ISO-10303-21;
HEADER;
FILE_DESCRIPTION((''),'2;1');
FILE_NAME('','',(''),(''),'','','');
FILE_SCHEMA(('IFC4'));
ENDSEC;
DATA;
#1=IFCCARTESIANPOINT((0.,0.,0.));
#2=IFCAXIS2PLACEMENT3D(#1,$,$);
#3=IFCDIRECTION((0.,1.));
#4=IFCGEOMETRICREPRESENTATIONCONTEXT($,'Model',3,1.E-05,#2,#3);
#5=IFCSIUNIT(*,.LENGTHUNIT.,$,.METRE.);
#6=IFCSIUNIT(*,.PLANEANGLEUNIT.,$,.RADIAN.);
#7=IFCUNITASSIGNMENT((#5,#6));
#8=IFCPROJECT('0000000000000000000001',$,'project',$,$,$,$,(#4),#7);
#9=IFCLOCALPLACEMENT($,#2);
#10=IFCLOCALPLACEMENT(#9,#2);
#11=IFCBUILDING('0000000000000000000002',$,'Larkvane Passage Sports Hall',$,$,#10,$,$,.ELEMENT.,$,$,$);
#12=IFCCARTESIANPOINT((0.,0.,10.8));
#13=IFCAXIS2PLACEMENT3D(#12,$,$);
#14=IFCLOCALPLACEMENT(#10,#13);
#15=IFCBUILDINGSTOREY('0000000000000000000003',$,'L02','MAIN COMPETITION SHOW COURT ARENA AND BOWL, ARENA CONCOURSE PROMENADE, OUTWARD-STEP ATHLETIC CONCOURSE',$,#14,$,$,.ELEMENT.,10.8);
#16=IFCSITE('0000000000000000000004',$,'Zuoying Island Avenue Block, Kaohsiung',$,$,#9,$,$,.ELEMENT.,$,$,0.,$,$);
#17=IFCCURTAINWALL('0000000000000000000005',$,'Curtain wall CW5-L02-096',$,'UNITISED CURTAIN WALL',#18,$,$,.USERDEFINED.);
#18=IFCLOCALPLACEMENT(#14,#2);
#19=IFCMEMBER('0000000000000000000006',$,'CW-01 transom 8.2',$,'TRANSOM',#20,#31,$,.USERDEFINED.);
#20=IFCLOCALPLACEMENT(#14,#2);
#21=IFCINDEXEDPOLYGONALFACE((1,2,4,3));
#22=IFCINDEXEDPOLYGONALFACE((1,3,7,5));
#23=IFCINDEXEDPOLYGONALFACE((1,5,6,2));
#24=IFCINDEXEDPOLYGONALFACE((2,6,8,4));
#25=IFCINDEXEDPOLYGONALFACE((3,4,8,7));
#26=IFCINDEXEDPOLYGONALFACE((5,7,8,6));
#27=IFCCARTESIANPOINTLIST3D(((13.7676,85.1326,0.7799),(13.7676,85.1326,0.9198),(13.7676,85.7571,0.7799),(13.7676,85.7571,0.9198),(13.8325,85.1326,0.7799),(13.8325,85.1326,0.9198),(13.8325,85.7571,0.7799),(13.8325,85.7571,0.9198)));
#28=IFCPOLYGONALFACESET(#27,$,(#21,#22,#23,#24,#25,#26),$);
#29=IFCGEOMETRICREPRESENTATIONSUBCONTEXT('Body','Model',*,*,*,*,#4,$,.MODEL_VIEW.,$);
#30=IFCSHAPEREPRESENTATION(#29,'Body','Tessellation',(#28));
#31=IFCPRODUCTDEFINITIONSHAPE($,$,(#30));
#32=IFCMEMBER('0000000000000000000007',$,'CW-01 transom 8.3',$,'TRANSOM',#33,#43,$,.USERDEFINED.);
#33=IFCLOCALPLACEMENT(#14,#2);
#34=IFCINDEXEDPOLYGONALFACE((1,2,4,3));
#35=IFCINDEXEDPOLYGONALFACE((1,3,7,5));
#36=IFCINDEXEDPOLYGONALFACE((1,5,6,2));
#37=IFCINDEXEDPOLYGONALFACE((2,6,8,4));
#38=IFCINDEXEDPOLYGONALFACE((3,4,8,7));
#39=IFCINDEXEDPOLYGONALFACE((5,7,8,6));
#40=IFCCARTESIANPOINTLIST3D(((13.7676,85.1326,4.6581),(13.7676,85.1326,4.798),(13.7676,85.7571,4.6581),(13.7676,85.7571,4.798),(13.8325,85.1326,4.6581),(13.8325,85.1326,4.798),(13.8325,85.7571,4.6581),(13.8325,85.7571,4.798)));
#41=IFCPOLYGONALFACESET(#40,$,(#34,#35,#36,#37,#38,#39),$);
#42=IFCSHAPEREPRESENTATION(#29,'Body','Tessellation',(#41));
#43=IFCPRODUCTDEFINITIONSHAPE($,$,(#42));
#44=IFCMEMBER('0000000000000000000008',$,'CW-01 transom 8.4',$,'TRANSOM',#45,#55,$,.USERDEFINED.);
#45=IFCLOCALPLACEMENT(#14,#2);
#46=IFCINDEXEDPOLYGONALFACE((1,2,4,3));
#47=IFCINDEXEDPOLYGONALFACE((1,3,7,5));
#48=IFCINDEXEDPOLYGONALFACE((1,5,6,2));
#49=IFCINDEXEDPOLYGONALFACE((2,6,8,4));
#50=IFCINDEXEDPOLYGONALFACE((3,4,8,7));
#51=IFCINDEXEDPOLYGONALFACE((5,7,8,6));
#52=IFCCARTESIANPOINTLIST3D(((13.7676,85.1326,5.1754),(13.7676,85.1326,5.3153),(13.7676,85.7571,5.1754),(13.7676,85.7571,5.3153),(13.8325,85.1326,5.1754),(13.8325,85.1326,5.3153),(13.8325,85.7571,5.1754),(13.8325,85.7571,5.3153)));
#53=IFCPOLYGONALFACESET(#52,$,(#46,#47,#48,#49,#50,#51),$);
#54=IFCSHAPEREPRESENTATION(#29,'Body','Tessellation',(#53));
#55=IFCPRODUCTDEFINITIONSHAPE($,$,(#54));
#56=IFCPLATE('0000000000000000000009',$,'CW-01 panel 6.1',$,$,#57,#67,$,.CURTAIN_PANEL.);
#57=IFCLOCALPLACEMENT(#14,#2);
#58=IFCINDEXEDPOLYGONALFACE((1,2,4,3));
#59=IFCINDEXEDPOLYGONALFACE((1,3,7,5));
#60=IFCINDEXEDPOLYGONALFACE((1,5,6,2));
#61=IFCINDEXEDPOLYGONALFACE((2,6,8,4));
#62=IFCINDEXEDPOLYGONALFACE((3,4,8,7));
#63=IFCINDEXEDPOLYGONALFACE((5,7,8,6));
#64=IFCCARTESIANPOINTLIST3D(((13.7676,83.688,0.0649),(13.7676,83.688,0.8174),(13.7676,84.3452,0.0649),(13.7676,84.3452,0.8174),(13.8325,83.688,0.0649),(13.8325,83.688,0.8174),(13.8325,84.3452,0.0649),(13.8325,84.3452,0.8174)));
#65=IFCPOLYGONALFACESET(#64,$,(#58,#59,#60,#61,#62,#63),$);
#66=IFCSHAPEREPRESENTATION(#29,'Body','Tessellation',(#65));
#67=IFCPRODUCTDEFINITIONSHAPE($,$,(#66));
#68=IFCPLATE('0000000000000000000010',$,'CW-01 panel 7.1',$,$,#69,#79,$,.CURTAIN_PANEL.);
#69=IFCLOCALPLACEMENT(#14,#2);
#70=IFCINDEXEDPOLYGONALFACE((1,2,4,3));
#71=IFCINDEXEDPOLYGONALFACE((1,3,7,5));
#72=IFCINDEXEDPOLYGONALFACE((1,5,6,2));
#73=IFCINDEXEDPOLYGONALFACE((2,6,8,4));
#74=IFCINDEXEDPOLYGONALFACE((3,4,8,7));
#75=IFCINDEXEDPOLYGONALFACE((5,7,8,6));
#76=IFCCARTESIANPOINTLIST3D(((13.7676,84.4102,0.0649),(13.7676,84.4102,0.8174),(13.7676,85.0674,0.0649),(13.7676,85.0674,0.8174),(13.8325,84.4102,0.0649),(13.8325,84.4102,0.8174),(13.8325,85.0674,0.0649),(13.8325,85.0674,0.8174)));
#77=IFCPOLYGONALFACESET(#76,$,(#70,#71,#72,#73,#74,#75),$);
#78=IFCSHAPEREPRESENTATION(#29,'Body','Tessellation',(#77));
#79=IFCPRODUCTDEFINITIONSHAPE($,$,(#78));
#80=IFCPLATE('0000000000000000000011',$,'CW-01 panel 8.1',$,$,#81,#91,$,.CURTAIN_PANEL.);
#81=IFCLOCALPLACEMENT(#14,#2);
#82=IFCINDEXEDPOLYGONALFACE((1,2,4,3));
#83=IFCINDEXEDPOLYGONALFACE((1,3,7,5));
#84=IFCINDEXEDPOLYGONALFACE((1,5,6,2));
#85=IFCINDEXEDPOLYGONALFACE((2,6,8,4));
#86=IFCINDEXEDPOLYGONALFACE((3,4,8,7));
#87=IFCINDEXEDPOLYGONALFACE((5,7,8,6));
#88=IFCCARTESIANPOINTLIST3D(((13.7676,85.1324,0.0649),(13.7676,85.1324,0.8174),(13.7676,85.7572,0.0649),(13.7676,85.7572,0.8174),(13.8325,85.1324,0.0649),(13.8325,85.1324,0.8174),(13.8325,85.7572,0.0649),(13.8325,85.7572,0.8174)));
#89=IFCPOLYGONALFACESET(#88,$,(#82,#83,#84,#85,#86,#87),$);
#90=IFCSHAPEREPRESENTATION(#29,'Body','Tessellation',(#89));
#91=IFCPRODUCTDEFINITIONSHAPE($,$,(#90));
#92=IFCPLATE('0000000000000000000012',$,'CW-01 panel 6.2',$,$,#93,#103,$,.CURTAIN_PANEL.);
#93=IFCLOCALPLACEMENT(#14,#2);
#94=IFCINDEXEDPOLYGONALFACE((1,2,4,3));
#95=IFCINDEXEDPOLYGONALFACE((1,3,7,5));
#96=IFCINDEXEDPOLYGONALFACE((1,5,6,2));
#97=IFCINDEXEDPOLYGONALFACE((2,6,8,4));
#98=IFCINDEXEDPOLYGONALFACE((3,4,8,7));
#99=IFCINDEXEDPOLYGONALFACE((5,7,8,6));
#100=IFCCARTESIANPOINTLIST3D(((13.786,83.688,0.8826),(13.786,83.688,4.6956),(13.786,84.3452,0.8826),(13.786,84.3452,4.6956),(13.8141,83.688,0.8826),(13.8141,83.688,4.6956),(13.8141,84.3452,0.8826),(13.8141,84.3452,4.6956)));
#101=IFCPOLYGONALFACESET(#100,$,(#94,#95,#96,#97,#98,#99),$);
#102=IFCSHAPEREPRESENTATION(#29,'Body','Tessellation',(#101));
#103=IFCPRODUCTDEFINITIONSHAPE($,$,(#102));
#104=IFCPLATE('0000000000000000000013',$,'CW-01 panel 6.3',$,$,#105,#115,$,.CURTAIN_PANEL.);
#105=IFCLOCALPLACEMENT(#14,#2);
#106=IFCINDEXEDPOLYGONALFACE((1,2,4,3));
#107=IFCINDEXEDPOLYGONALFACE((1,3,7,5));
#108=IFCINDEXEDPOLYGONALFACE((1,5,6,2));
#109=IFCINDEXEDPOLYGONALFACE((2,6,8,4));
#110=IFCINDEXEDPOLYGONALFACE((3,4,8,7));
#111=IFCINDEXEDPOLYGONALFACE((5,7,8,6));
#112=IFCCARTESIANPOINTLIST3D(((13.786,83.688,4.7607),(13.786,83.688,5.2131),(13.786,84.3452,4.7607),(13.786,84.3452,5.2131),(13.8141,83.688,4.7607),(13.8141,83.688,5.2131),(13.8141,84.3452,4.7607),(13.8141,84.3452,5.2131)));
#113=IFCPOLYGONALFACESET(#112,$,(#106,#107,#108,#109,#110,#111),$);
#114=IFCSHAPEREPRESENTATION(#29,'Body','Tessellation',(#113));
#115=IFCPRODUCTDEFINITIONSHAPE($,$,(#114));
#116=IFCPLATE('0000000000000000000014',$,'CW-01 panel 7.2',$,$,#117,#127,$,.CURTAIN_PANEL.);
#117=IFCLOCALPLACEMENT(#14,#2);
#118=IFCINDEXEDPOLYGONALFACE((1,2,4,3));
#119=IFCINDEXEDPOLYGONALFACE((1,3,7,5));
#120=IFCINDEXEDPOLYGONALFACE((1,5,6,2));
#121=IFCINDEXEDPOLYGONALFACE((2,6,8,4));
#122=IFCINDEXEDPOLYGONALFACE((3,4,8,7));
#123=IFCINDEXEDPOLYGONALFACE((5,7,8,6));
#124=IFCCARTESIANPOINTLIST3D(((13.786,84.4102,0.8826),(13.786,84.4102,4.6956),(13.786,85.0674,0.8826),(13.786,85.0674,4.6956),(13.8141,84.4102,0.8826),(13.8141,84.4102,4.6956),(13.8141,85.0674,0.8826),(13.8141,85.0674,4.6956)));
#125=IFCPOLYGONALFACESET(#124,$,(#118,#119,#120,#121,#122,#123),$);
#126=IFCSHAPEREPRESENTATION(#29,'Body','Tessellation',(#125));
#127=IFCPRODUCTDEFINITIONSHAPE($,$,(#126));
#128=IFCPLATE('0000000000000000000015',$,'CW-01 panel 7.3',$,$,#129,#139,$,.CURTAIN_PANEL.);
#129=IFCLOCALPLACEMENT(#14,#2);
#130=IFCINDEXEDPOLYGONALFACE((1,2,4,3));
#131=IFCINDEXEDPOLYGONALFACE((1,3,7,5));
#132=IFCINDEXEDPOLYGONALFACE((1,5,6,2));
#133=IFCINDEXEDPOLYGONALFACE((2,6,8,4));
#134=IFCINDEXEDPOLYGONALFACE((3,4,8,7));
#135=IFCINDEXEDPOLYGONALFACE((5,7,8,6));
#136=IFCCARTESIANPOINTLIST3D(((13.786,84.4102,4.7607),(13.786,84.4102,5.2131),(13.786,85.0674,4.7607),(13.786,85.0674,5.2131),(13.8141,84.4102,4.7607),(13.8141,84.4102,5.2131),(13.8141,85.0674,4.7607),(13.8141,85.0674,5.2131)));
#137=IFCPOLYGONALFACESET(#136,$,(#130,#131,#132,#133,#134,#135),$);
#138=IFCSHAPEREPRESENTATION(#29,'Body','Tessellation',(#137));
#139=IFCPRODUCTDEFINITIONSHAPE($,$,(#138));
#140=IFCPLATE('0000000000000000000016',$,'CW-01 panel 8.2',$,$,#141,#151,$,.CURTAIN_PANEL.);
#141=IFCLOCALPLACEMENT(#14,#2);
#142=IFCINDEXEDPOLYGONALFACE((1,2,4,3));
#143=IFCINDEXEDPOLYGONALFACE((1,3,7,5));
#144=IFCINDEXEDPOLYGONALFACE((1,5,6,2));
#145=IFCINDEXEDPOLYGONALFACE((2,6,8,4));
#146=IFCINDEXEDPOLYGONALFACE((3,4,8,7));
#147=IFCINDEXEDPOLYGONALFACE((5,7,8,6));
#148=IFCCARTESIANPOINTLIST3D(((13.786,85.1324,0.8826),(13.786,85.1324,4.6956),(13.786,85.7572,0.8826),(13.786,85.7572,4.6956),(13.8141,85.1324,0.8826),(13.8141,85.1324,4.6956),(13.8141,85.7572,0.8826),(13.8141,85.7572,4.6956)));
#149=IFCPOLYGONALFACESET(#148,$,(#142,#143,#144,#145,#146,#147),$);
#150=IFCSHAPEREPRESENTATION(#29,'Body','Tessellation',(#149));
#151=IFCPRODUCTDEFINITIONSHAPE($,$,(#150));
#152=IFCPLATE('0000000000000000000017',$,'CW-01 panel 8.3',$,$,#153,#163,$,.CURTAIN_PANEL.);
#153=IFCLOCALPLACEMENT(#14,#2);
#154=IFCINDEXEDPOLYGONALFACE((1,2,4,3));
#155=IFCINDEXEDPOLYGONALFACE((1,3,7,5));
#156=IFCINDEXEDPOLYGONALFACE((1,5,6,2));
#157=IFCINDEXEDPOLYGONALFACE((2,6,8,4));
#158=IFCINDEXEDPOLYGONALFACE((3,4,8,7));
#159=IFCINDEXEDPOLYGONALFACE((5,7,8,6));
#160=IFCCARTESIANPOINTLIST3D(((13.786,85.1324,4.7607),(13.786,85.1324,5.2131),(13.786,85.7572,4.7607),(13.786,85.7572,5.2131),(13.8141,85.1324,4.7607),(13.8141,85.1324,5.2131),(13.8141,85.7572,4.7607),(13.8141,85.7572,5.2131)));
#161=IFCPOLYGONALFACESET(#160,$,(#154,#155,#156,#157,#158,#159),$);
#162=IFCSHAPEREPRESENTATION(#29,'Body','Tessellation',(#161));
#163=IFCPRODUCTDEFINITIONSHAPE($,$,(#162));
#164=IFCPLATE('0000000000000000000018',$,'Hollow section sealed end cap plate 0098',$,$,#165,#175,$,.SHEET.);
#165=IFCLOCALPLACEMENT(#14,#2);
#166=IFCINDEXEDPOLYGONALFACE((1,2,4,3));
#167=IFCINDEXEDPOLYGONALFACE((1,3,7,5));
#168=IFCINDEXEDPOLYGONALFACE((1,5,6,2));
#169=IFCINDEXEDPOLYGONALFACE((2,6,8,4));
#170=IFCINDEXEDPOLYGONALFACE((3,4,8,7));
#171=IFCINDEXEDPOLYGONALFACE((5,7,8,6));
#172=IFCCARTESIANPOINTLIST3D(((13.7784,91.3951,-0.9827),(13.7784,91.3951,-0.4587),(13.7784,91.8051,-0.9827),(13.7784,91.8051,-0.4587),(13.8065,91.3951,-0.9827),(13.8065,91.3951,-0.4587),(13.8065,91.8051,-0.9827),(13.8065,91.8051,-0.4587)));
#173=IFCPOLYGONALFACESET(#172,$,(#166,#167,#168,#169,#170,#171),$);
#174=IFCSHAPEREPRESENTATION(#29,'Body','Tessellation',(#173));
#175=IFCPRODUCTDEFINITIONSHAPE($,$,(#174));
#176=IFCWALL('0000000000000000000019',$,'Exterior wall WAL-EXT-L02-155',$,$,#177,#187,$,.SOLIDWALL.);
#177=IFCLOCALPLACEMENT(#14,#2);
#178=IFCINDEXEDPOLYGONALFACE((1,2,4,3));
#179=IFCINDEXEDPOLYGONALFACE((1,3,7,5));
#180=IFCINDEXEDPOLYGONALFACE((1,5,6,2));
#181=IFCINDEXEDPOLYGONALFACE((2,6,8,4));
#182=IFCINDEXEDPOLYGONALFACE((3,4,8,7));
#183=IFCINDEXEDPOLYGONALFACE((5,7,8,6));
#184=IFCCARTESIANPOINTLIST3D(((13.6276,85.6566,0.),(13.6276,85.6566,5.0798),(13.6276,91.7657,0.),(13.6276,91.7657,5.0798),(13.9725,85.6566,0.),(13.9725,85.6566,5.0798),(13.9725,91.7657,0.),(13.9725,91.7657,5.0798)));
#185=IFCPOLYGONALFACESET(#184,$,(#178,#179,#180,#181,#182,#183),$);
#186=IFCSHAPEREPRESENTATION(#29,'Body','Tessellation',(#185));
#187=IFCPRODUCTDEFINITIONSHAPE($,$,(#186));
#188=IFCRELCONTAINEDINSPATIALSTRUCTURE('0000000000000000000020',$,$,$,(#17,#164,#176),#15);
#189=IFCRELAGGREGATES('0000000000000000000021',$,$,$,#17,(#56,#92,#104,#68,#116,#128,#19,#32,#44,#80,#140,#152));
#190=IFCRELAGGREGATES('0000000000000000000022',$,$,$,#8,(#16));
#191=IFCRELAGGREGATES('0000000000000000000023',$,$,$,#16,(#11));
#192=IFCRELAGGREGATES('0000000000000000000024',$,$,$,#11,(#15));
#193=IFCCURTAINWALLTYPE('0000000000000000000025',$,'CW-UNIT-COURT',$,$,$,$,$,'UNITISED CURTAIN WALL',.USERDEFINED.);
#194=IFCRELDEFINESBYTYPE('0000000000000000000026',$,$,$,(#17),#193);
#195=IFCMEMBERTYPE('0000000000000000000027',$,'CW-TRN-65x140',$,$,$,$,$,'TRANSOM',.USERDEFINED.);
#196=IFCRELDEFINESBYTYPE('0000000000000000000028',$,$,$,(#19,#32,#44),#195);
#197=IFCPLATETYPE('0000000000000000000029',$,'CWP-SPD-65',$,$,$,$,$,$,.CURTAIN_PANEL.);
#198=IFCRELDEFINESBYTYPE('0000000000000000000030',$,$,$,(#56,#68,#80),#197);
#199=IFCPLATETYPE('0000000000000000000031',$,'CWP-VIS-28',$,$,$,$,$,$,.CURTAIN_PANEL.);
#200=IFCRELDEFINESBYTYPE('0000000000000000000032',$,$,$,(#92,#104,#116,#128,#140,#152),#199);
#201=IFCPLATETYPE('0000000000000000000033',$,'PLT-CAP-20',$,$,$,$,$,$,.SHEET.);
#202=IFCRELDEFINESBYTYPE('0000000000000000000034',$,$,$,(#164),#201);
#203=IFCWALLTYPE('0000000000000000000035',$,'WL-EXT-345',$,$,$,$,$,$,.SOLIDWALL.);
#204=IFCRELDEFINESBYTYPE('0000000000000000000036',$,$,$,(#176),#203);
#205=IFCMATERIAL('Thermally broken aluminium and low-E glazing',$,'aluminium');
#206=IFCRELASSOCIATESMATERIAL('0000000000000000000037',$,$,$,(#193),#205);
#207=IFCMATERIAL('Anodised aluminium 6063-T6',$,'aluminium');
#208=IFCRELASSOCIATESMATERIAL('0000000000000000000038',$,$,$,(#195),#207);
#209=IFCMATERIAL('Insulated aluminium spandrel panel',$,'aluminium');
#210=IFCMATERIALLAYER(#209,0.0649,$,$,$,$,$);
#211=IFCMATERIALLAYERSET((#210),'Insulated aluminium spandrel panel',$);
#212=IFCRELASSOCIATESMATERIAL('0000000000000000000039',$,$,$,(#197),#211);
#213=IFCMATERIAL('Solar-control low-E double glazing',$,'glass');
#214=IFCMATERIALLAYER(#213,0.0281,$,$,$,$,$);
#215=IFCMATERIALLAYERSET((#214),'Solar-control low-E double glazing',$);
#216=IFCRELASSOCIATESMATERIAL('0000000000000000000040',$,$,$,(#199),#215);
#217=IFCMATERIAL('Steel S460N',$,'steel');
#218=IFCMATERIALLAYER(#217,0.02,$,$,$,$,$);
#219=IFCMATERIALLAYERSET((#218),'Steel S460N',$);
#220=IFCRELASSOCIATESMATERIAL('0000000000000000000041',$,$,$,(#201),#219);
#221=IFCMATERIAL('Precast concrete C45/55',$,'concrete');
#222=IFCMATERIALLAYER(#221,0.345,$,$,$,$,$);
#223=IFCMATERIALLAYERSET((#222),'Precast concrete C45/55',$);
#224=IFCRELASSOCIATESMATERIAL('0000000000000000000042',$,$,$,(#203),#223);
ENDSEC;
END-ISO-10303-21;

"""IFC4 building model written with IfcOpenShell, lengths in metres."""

from ifc_helpers import new_model, si_unit, direction, frame, frame_2d, origin, origin_2d, place, context, subcontext, project, spatial, rectangle, extrude, material, layer, layer_set, material_profile, profile_set, type_object, element, aggregate, save


model = new_model("IFC4")

# Units and contexts
model_context = context("Model", 3, precision=1e-05, world=origin(), true_north=direction((0.0, 1.0)))
body_context = subcontext(model_context, "Body", "Model", "MODEL_VIEW")
ifc_project = project(units=[si_unit("LENGTHUNIT", "METRE"), si_unit("PLANEANGLEUNIT", "RADIAN")], contexts=[model_context])

# Site, building, storey
site_placement = place(None, origin())
site = spatial("IfcSite", under=ifc_project, at=site_placement, Name="Zuoying Island Avenue Block, Kaohsiung", CompositionType="ELEMENT", RefElevation=0.0)
building_placement = place(site_placement, origin())
building = spatial("IfcBuilding", under=site, at=building_placement, Name="Larkvane Passage Sports Hall", CompositionType="ELEMENT")
storey_placement = place(building_placement, frame((0.0, 0.0, 10.8)))
storey = spatial("IfcBuildingStorey", under=building, at=storey_placement, Name="L02", Description="MAIN COMPETITION SHOW COURT ARENA AND BOWL, ARENA CONCOURSE PROMENADE, OUTWARD-STEP ATHLETIC CONCOURSE", CompositionType="ELEMENT", Elevation=10.8)

# Shared definitions
ifc_material_1 = material(Name="Steel S460N", Category="steel")

# Curtain wall, members, plates
ifc_material_2 = material(Name="Thermally broken aluminium and low-E glazing", Category="aluminium")
curtain_wall_type = type_object("IfcCurtainWallType", Name="CW-UNIT-COURT", ElementType="UNITISED CURTAIN WALL", PredefinedType="USERDEFINED", material=ifc_material_2)
curtain_wall_placement = place(storey_placement, origin())
curtain_wall = element("IfcCurtainWall", 1, at=curtain_wall_placement, inside=storey, type_object=curtain_wall_type, Name="Curtain wall CW5-L02-096", ObjectType="UNITISED CURTAIN WALL", PredefinedType="USERDEFINED")
ifc_material_3 = material(Name="Anodised aluminium 6063-T6", Category="aluminium")
ifc_material_profile_1 = material_profile(ifc_material_3, rectangle(XDim=0.0649, YDim=0.1399, at=origin_2d()), Name="ALU-TRN-65x140")
ifc_profile_set_1 = profile_set([ifc_material_profile_1], Name="Anodised aluminium 6063-T6")
member_type_1 = type_object("IfcMemberType", Name="CW-TRN-65x140", ElementType="TRANSOM", PredefinedType="USERDEFINED", material=ifc_profile_set_1)
member_1_placement = place(storey_placement, frame((13.8, 85.1326, 0.8499), z_axis=(0.0, 1.0, 0.0), x_axis=(-1.0, 0.0, 0.0)))
member_1 = element("IfcMember", 2, at=member_1_placement, type_object=member_type_1, Name="CW-01 transom 8.2", ObjectType="TRANSOM", PredefinedType="USERDEFINED", context=body_context, shape_type="SweptSolid", body=[
    extrude(rectangle(XDim=0.0649, YDim=0.1399, at=origin_2d()), origin(), (0.0, 0.0, 1.0), 0.6245),
])
member_2_placement = place(storey_placement, frame((13.8, 85.1326, 4.728), z_axis=(0.0, 1.0, 0.0), x_axis=(-1.0, 0.0, 0.0)))
member_2 = element("IfcMember", 3, at=member_2_placement, type_object=member_type_1, Name="CW-01 transom 8.3", ObjectType="TRANSOM", PredefinedType="USERDEFINED", context=body_context, shape_type="SweptSolid", body=[
    extrude(rectangle(XDim=0.0649, YDim=0.1399, at=origin_2d()), origin(), (0.0, 0.0, 1.0), 0.6245),
])
member_3_placement = place(storey_placement, frame((13.8, 85.1326, 5.2454), z_axis=(0.0, 1.0, 0.0), x_axis=(-1.0, 0.0, 0.0)))
member_3 = element("IfcMember", 4, at=member_3_placement, type_object=member_type_1, Name="CW-01 transom 8.4", ObjectType="TRANSOM", PredefinedType="USERDEFINED", context=body_context, shape_type="SweptSolid", body=[
    extrude(rectangle(XDim=0.0649, YDim=0.1399, at=origin_2d()), origin(), (0.0, 0.0, 1.0), 0.6245),
])
ifc_material_4 = material(Name="Insulated aluminium spandrel panel", Category="aluminium")
ifc_layer_1 = layer(ifc_material_4, 0.0649)
ifc_layer_set_1 = layer_set([ifc_layer_1], Name="Insulated aluminium spandrel panel")
plate_type_1 = type_object("IfcPlateType", Name="CWP-SPD-65", PredefinedType="CURTAIN_PANEL", material=ifc_layer_set_1)
plate_1_placement = place(storey_placement, frame((13.8, 84.0166, 0.0649), z_axis=(0.0, 0.0, 1.0), x_axis=(0.0, 1.0, 0.0)))
plate_1 = element("IfcPlate", 5, at=plate_1_placement, type_object=plate_type_1, Name="CW-01 panel 6.1", PredefinedType="CURTAIN_PANEL", context=body_context, shape_type="SweptSolid", body=[
    extrude(rectangle(XDim=0.6572, YDim=0.0649, at=origin_2d()), origin(), (0.0, 0.0, 1.0), 0.7524),
])
plate_2_placement = place(storey_placement, frame((13.8, 84.7388, 0.0649), z_axis=(0.0, 0.0, 1.0), x_axis=(0.0, 1.0, 0.0)))
plate_2 = element("IfcPlate", 6, at=plate_2_placement, type_object=plate_type_1, Name="CW-01 panel 7.1", PredefinedType="CURTAIN_PANEL", context=body_context, shape_type="SweptSolid", body=[
    extrude(rectangle(XDim=0.6572, YDim=0.0649, at=origin_2d()), origin(), (0.0, 0.0, 1.0), 0.7524),
])
plate_3_placement = place(storey_placement, frame((13.8, 85.4448, 0.0649), z_axis=(0.0, 0.0, 1.0), x_axis=(0.0, 1.0, 0.0)))
plate_3 = element("IfcPlate", 7, at=plate_3_placement, type_object=plate_type_1, Name="CW-01 panel 8.1", PredefinedType="CURTAIN_PANEL", context=body_context, shape_type="SweptSolid", body=[
    extrude(rectangle(XDim=0.6248, YDim=0.0649, at=origin_2d()), origin(), (0.0, 0.0, 1.0), 0.7524),
])
ifc_material_5 = material(Name="Solar-control low-E double glazing", Category="glass")
ifc_layer_2 = layer(ifc_material_5, 0.0281)
ifc_layer_set_2 = layer_set([ifc_layer_2], Name="Solar-control low-E double glazing")
plate_type_2 = type_object("IfcPlateType", Name="CWP-VIS-28", PredefinedType="CURTAIN_PANEL", material=ifc_layer_set_2)
plate_4_placement = place(storey_placement, frame((13.8, 84.0166, 0.8826), z_axis=(0.0, 0.0, 1.0), x_axis=(0.0, 1.0, 0.0)))
plate_4 = element("IfcPlate", 8, at=plate_4_placement, type_object=plate_type_2, Name="CW-01 panel 6.2", PredefinedType="CURTAIN_PANEL", context=body_context, shape_type="SweptSolid", body=[
    extrude(rectangle(XDim=0.6572, YDim=0.0281, at=origin_2d()), origin(), (0.0, 0.0, 1.0), 3.813),
])
plate_5_placement = place(storey_placement, frame((13.8, 84.0166, 4.7607), z_axis=(0.0, 0.0, 1.0), x_axis=(0.0, 1.0, 0.0)))
plate_5 = element("IfcPlate", 9, at=plate_5_placement, type_object=plate_type_2, Name="CW-01 panel 6.3", PredefinedType="CURTAIN_PANEL", context=body_context, shape_type="SweptSolid", body=[
    extrude(rectangle(XDim=0.6572, YDim=0.0281, at=origin_2d()), origin(), (0.0, 0.0, 1.0), 0.4524),
])
plate_6_placement = place(storey_placement, frame((13.8, 84.7388, 0.8826), z_axis=(0.0, 0.0, 1.0), x_axis=(0.0, 1.0, 0.0)))
plate_6 = element("IfcPlate", 10, at=plate_6_placement, type_object=plate_type_2, Name="CW-01 panel 7.2", PredefinedType="CURTAIN_PANEL", context=body_context, shape_type="SweptSolid", body=[
    extrude(rectangle(XDim=0.6572, YDim=0.0281, at=origin_2d()), origin(), (0.0, 0.0, 1.0), 3.813),
])
plate_7_placement = place(storey_placement, frame((13.8, 84.7388, 4.7607), z_axis=(0.0, 0.0, 1.0), x_axis=(0.0, 1.0, 0.0)))
plate_7 = element("IfcPlate", 11, at=plate_7_placement, type_object=plate_type_2, Name="CW-01 panel 7.3", PredefinedType="CURTAIN_PANEL", context=body_context, shape_type="SweptSolid", body=[
    extrude(rectangle(XDim=0.6572, YDim=0.0281, at=origin_2d()), origin(), (0.0, 0.0, 1.0), 0.4524),
])
plate_8_placement = place(storey_placement, frame((13.8, 85.4448, 0.8826), z_axis=(0.0, 0.0, 1.0), x_axis=(0.0, 1.0, 0.0)))
plate_8 = element("IfcPlate", 12, at=plate_8_placement, type_object=plate_type_2, Name="CW-01 panel 8.2", PredefinedType="CURTAIN_PANEL", context=body_context, shape_type="SweptSolid", body=[
    extrude(rectangle(XDim=0.6248, YDim=0.0281, at=origin_2d()), origin(), (0.0, 0.0, 1.0), 3.813),
])
plate_9_placement = place(storey_placement, frame((13.8, 85.4448, 4.7607), z_axis=(0.0, 0.0, 1.0), x_axis=(0.0, 1.0, 0.0)))
plate_9 = element("IfcPlate", 13, at=plate_9_placement, type_object=plate_type_2, Name="CW-01 panel 8.3", PredefinedType="CURTAIN_PANEL", context=body_context, shape_type="SweptSolid", body=[
    extrude(rectangle(XDim=0.6248, YDim=0.0281, at=origin_2d()), origin(), (0.0, 0.0, 1.0), 0.4524),
])
aggregate(curtain_wall, [plate_1, plate_4, plate_5, plate_2, plate_6, plate_7, member_1, member_2, member_3, plate_3, plate_8, plate_9])

# Plate
ifc_layer_3 = layer(ifc_material_1, 0.02)
ifc_layer_set_3 = layer_set([ifc_layer_3], Name="Steel S460N")
plate_type_3 = type_object("IfcPlateType", Name="PLT-CAP-20", PredefinedType="SHEET", material=ifc_layer_set_3)
plate_10_placement = place(storey_placement, frame((13.7925, 91.6001, -0.9827), z_axis=(0.0, 0.0, 1.0), x_axis=(0.0, 1.0, 0.0)))
element("IfcPlate", 14, at=plate_10_placement, inside=storey, type_object=plate_type_3, Name="Hollow section sealed end cap plate 0098", PredefinedType="SHEET", context=body_context, shape_type="SweptSolid", body=[
    extrude(rectangle(XDim=0.4099, YDim=0.0281, at=origin_2d()), origin(), (0.0, 0.0, 1.0), 0.5239),
])

# Wall
ifc_material_6 = material(Name="Precast concrete C45/55", Category="concrete")
ifc_layer_4 = layer(ifc_material_6, 0.345)
ifc_layer_set_4 = layer_set([ifc_layer_4], Name="Precast concrete C45/55")
wall_type = type_object("IfcWallType", Name="WL-EXT-345", PredefinedType="SOLIDWALL", material=ifc_layer_set_4)
wall_1_placement = place(storey_placement, frame((13.8, 85.6565, 0.0), z_axis=(0.0, 0.0, 1.0), x_axis=(0.0, 1.0, 0.0)))
element("IfcWall", 15, at=wall_1_placement, inside=storey, type_object=wall_type, Name="Exterior wall WAL-EXT-L02-155", PredefinedType="SOLIDWALL", context=body_context, shape_type="SweptSolid", body=[
    extrude(rectangle(XDim=6.1091, YDim=0.345, at=frame_2d((3.0547, 0.0))), origin(), (0.0, 0.0, 1.0), 5.0798),
])

save(model, "model.ifc")
